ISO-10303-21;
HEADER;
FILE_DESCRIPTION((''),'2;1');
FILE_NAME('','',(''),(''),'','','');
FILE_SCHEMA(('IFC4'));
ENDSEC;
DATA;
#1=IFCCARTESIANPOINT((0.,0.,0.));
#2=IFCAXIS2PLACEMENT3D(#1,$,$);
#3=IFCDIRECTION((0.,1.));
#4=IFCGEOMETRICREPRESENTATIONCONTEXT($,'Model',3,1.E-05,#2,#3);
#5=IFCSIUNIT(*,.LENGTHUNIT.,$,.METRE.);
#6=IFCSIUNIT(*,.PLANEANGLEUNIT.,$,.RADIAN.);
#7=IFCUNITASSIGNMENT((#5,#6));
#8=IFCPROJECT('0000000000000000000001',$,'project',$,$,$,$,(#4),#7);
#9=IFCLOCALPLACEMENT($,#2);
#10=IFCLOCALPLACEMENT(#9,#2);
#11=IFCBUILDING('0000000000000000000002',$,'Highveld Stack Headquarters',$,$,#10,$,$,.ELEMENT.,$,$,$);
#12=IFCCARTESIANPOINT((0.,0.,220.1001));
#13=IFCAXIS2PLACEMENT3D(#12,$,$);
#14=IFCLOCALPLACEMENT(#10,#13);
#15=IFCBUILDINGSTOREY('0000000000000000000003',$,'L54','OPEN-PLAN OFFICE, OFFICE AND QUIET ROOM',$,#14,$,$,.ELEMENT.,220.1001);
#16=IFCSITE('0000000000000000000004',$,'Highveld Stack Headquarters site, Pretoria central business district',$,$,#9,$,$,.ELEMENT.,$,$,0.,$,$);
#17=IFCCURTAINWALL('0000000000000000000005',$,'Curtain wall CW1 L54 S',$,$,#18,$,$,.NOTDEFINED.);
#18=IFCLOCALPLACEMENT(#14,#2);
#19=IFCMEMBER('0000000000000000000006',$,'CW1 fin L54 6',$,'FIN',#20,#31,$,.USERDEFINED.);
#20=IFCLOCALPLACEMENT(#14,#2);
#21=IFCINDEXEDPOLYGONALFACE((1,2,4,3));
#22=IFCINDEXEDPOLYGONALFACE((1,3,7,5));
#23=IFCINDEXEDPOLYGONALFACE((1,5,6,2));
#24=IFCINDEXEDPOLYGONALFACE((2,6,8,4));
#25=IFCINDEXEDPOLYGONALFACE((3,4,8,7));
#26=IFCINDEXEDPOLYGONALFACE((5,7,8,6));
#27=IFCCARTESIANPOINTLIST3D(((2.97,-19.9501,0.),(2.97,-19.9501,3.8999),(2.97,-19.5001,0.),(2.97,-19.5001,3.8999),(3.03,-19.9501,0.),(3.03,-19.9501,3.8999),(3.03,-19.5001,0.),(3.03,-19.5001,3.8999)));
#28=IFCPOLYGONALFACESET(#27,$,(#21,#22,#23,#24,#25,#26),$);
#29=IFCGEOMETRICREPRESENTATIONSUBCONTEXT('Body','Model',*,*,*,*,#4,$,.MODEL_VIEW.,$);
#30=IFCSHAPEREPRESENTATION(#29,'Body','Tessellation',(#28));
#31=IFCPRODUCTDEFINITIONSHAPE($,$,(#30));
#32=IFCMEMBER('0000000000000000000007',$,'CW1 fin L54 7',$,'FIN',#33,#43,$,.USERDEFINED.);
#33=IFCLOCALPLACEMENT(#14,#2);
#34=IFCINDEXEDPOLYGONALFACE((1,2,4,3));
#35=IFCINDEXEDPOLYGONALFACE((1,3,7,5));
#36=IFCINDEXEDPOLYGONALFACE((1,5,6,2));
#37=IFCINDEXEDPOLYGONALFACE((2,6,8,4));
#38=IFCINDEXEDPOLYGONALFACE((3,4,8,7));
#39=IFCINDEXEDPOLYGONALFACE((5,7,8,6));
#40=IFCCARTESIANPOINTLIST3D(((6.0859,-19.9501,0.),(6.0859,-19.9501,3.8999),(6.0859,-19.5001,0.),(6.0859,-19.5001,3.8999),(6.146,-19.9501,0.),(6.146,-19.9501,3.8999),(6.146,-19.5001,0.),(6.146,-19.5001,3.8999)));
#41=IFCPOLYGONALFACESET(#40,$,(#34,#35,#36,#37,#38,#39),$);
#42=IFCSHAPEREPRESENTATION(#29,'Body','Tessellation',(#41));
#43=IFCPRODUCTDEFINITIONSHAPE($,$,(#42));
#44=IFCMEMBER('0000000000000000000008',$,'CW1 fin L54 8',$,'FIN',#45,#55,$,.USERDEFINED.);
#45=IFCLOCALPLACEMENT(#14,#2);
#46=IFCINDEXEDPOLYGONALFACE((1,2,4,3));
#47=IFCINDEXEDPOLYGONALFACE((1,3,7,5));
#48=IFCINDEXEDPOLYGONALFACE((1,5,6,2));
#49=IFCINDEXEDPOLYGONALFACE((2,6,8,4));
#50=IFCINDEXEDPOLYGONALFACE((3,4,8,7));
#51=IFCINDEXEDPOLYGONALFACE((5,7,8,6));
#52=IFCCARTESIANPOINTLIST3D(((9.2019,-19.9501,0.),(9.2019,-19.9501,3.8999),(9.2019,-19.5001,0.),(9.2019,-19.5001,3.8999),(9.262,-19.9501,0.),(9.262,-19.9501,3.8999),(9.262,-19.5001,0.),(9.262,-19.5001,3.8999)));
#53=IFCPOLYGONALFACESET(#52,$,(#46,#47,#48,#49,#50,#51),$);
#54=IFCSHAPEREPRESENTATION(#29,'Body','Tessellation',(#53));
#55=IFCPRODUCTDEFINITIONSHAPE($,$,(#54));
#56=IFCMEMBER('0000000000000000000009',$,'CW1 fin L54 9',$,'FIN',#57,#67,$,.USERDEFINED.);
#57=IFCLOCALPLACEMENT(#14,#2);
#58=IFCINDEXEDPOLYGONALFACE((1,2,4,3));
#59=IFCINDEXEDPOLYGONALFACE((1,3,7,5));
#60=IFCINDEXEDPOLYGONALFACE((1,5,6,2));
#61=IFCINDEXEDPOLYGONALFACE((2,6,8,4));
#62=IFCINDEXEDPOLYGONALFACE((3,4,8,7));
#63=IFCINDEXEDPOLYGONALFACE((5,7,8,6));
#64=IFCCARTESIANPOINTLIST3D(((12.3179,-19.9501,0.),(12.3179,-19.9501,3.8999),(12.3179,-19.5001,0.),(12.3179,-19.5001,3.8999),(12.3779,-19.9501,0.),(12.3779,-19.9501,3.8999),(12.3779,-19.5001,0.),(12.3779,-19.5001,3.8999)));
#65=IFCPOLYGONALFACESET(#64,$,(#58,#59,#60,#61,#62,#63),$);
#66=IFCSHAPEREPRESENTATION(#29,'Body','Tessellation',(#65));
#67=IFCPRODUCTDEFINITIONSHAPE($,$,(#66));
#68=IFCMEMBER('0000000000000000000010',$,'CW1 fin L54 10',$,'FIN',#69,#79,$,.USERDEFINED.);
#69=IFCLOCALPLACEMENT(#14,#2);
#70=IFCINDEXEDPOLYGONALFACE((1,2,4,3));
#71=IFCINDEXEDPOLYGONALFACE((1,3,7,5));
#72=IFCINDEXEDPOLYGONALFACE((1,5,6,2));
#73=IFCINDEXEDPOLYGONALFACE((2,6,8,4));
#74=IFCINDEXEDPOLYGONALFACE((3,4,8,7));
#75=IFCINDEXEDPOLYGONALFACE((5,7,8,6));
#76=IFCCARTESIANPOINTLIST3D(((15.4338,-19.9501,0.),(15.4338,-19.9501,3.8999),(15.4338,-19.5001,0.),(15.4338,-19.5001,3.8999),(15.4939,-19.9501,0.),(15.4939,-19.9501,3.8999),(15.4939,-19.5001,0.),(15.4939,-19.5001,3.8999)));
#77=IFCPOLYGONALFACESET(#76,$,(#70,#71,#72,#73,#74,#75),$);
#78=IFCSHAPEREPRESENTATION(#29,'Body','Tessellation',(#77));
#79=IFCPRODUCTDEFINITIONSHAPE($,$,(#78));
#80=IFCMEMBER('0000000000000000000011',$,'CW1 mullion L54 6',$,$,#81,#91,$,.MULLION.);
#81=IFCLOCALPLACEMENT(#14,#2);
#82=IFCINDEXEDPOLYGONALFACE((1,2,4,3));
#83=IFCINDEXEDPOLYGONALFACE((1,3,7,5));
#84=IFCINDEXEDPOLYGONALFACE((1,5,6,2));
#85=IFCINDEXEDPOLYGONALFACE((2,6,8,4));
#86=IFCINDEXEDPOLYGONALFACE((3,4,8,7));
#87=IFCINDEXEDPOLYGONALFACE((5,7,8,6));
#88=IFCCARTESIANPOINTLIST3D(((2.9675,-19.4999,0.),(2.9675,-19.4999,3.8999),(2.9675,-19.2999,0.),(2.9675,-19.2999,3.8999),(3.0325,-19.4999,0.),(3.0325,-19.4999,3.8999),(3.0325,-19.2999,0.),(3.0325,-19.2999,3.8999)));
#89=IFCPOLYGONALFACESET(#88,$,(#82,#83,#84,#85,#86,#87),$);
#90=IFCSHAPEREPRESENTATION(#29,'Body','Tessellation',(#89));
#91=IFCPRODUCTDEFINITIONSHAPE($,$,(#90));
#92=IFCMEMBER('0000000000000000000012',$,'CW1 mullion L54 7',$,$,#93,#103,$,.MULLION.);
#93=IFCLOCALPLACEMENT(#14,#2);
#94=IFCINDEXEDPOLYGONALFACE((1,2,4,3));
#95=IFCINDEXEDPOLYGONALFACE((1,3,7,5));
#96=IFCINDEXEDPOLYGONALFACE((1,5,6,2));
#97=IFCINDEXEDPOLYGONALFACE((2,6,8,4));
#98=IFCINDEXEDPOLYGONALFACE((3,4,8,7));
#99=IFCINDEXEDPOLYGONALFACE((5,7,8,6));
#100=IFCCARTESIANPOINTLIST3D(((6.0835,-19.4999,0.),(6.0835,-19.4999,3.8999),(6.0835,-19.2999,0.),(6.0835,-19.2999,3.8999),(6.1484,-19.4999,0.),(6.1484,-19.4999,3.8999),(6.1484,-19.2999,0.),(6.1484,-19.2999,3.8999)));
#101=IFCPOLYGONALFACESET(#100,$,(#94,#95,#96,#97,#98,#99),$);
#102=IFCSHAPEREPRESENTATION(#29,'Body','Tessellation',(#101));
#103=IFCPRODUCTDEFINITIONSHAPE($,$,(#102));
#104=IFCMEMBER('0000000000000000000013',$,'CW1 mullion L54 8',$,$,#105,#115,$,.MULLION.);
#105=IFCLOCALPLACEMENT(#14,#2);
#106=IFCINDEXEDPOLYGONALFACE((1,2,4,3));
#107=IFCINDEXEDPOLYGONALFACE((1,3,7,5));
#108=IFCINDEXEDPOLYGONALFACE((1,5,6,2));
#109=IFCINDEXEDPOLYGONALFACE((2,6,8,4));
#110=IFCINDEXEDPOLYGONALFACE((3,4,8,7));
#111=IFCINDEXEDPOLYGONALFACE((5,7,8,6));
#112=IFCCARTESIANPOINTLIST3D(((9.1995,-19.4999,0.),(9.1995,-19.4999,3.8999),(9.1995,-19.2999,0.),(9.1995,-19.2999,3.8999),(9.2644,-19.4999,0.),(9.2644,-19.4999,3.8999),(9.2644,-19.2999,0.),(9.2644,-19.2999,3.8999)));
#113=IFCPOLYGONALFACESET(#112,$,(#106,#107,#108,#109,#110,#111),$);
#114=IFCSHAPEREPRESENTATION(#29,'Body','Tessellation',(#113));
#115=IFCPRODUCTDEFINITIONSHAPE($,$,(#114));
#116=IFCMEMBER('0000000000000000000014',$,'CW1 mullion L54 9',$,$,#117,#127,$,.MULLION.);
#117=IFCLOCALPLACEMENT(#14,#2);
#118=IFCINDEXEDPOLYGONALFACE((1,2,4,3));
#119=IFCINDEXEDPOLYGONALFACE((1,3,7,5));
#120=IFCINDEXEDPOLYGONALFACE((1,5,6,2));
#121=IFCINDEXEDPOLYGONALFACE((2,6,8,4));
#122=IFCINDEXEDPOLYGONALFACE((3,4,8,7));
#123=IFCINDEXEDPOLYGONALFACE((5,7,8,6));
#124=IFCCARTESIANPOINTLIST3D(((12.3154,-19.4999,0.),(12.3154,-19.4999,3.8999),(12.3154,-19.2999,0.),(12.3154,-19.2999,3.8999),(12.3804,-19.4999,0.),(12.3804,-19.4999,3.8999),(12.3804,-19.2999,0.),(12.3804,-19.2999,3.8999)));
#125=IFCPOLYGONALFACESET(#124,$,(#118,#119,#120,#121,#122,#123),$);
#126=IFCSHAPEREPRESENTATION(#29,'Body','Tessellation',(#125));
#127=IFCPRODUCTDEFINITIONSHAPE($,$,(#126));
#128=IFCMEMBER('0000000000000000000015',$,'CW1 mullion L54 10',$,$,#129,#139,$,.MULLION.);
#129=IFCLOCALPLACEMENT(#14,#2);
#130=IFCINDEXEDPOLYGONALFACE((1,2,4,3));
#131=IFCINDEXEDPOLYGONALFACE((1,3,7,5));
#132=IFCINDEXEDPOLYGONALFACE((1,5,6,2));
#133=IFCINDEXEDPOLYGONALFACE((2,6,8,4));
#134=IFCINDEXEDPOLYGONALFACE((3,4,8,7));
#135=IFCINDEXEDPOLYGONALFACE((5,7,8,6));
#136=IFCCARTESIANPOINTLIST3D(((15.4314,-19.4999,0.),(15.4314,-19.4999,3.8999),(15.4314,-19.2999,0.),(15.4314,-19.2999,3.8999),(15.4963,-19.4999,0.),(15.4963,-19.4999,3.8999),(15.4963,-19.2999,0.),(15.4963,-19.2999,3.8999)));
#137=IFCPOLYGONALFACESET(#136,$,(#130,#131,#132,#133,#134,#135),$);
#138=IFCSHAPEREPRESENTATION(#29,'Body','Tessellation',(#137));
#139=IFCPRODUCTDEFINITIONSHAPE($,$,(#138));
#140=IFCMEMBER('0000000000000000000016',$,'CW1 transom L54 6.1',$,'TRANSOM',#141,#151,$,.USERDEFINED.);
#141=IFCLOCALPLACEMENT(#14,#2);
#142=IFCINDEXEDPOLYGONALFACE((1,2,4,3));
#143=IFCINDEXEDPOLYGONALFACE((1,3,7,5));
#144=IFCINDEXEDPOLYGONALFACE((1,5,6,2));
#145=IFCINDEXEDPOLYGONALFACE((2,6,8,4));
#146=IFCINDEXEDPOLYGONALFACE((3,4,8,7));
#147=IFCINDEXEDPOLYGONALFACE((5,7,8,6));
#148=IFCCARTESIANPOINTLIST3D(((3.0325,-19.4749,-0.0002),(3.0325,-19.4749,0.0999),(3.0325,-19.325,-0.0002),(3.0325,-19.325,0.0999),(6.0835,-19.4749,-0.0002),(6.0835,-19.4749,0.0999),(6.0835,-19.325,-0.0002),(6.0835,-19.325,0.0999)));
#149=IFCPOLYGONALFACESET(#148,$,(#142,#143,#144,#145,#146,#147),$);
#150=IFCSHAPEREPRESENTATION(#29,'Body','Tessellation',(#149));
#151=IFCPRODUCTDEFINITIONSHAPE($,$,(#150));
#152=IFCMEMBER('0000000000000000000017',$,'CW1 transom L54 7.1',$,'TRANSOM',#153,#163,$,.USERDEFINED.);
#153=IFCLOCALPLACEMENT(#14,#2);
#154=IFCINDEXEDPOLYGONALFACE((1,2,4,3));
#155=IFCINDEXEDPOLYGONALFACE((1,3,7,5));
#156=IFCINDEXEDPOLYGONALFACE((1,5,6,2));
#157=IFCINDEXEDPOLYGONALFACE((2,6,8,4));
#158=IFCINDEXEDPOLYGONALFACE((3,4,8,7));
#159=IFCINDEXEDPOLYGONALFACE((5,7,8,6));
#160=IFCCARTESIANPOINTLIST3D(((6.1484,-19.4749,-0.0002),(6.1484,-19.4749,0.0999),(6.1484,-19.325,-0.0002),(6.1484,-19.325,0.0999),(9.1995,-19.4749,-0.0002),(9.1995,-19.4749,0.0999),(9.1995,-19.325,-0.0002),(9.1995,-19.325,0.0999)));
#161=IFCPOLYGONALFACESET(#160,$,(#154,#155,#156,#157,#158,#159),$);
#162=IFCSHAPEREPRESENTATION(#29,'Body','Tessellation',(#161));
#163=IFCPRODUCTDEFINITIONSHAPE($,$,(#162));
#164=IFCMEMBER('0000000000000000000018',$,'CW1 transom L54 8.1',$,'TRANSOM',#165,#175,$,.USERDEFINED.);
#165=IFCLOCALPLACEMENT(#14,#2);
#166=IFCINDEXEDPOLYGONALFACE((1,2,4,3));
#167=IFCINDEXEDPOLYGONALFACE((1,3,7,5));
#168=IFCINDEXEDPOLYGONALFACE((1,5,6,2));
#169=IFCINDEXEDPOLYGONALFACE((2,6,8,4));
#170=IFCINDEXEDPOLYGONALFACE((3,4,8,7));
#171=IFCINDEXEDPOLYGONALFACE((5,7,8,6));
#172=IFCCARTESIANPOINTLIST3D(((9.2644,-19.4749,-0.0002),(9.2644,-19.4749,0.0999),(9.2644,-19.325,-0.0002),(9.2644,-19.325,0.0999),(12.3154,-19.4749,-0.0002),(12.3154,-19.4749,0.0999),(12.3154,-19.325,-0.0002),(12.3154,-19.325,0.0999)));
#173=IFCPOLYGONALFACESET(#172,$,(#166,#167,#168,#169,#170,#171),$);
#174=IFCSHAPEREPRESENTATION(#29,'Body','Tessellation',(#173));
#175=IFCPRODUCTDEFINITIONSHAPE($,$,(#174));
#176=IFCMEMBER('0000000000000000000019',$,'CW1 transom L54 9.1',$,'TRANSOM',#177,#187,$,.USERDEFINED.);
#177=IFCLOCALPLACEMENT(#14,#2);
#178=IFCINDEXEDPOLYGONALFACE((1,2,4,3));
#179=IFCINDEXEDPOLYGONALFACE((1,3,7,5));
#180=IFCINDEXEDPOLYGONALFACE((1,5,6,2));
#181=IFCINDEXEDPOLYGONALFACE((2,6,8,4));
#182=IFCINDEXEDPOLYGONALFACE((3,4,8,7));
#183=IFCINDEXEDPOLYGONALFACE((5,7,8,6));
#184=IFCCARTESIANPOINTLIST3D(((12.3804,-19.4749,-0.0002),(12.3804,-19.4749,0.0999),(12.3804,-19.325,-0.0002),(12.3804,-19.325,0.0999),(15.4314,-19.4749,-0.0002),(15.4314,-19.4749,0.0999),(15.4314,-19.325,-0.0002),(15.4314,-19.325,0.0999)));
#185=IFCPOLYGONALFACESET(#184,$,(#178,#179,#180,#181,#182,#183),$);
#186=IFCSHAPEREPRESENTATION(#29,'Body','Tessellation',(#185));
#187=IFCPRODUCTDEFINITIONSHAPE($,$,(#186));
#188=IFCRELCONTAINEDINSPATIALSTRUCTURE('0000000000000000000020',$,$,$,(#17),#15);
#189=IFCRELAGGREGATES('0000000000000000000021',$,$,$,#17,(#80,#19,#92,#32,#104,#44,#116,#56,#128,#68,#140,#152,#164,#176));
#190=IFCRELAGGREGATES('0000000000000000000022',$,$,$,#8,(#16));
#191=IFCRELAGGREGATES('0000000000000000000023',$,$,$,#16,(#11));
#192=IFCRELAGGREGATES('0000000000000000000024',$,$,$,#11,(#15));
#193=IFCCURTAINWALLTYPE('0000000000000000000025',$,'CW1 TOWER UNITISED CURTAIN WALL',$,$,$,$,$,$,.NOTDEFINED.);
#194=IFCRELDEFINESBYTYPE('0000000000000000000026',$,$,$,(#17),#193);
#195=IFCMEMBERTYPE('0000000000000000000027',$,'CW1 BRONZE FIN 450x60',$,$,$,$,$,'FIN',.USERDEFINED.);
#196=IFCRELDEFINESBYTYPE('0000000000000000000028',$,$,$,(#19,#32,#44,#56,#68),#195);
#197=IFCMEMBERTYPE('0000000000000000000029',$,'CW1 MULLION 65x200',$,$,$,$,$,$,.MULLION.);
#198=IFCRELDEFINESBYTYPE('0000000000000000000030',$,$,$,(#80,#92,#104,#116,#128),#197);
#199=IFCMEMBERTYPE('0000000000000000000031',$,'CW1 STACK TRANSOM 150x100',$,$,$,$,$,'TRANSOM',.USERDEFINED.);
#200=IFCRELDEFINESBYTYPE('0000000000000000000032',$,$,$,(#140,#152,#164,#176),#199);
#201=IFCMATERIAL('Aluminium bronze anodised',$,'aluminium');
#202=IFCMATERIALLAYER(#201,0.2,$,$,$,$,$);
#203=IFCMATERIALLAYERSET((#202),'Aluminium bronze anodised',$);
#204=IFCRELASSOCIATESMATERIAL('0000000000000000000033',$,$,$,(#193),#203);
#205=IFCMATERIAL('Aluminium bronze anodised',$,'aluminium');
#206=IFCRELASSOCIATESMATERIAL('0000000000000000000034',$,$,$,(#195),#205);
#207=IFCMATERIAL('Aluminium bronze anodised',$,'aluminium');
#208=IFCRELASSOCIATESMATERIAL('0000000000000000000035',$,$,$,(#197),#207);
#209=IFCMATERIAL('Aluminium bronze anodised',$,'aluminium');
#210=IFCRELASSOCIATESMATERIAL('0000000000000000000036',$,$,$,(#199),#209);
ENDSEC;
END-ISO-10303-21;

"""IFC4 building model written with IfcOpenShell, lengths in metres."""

from ifc_helpers import new_model, si_unit, direction, frame, origin, origin_2d, place, context, subcontext, project, spatial, rectangle, extrude, material, layer, layer_set, material_profile, profile_set, type_object, element, aggregate, save


model = new_model("IFC4")

# Units and contexts
model_context = context("Model", 3, precision=1e-05, world=origin(), true_north=direction((0.0, 1.0)))
body_context = subcontext(model_context, "Body", "Model", "MODEL_VIEW")
ifc_project = project(units=[si_unit("LENGTHUNIT", "METRE"), si_unit("PLANEANGLEUNIT", "RADIAN")], contexts=[model_context])

# Site, building, storey
site_placement = place(None, origin())
site = spatial("IfcSite", under=ifc_project, at=site_placement, Name="Highveld Stack Headquarters site, Pretoria central business district", CompositionType="ELEMENT", RefElevation=0.0)
building_placement = place(site_placement, origin())
building = spatial("IfcBuilding", under=site, at=building_placement, Name="Highveld Stack Headquarters", CompositionType="ELEMENT")
storey_placement = place(building_placement, frame((0.0, 0.0, 220.1001)))
storey = spatial("IfcBuildingStorey", under=building, at=storey_placement, Name="L54", Description="OPEN-PLAN OFFICE, OFFICE AND QUIET ROOM", CompositionType="ELEMENT", Elevation=220.1001)

# Curtain wall, members
ifc_material_1 = material(Name="Aluminium bronze anodised", Category="aluminium")
ifc_layer_1 = layer(ifc_material_1, 0.2)
ifc_layer_set_1 = layer_set([ifc_layer_1], Name="Aluminium bronze anodised")
curtain_wall_type = type_object("IfcCurtainWallType", Name="CW1 TOWER UNITISED CURTAIN WALL", PredefinedType="NOTDEFINED", material=ifc_layer_set_1)
curtain_wall_placement = place(storey_placement, origin())
curtain_wall = element("IfcCurtainWall", 1, at=curtain_wall_placement, inside=storey, type_object=curtain_wall_type, Name="Curtain wall CW1 L54 S", PredefinedType="NOTDEFINED")
ifc_material_2 = material(Name="Aluminium bronze anodised", Category="aluminium")
ifc_material_profile_1 = material_profile(ifc_material_2, rectangle(XDim=0.45, YDim=0.0601, at=origin_2d()), Name="FIN 450x60")
ifc_profile_set_1 = profile_set([ifc_material_profile_1], Name="Aluminium bronze anodised")
member_type_1 = type_object("IfcMemberType", Name="CW1 BRONZE FIN 450x60", ElementType="FIN", PredefinedType="USERDEFINED", material=ifc_profile_set_1)
member_1_placement = place(storey_placement, frame((3.0, -19.7251, 0.0), z_axis=(0.0, 0.0, 1.0), x_axis=(0.0, 1.0, 0.0)))
member_1 = element("IfcMember", 2, at=member_1_placement, type_object=member_type_1, Name="CW1 fin L54 6", ObjectType="FIN", PredefinedType="USERDEFINED", context=body_context, shape_type="SweptSolid", body=[
    extrude(rectangle(XDim=0.45, YDim=0.0601, at=origin_2d()), origin(), (0.0, 0.0, 1.0), 3.8999),
])
member_2_placement = place(storey_placement, frame((6.116, -19.7251, 0.0), z_axis=(0.0, 0.0, 1.0), x_axis=(0.0, 1.0, 0.0)))
member_2 = element("IfcMember", 3, at=member_2_placement, type_object=member_type_1, Name="CW1 fin L54 7", ObjectType="FIN", PredefinedType="USERDEFINED", context=body_context, shape_type="SweptSolid", body=[
    extrude(rectangle(XDim=0.45, YDim=0.0601, at=origin_2d()), origin(), (0.0, 0.0, 1.0), 3.8999),
])
member_3_placement = place(storey_placement, frame((9.2319, -19.7251, 0.0), z_axis=(0.0, 0.0, 1.0), x_axis=(0.0, 1.0, 0.0)))
member_3 = element("IfcMember", 4, at=member_3_placement, type_object=member_type_1, Name="CW1 fin L54 8", ObjectType="FIN", PredefinedType="USERDEFINED", context=body_context, shape_type="SweptSolid", body=[
    extrude(rectangle(XDim=0.45, YDim=0.0601, at=origin_2d()), origin(), (0.0, 0.0, 1.0), 3.8999),
])
member_4_placement = place(storey_placement, frame((12.3479, -19.7251, 0.0), z_axis=(0.0, 0.0, 1.0), x_axis=(0.0, 1.0, 0.0)))
member_4 = element("IfcMember", 5, at=member_4_placement, type_object=member_type_1, Name="CW1 fin L54 9", ObjectType="FIN", PredefinedType="USERDEFINED", context=body_context, shape_type="SweptSolid", body=[
    extrude(rectangle(XDim=0.45, YDim=0.0601, at=origin_2d()), origin(), (0.0, 0.0, 1.0), 3.8999),
])
member_5_placement = place(storey_placement, frame((15.4639, -19.7251, 0.0), z_axis=(0.0, 0.0, 1.0), x_axis=(0.0, 1.0, 0.0)))
member_5 = element("IfcMember", 6, at=member_5_placement, type_object=member_type_1, Name="CW1 fin L54 10", ObjectType="FIN", PredefinedType="USERDEFINED", context=body_context, shape_type="SweptSolid", body=[
    extrude(rectangle(XDim=0.45, YDim=0.0601, at=origin_2d()), origin(), (0.0, 0.0, 1.0), 3.8999),
])
ifc_material_3 = material(Name="Aluminium bronze anodised", Category="aluminium")
ifc_material_profile_2 = material_profile(ifc_material_3, rectangle(XDim=0.2, YDim=0.0649, at=origin_2d()), Name="CW1 MULLION 65x200")
ifc_profile_set_2 = profile_set([ifc_material_profile_2], Name="Aluminium bronze anodised")
member_type_2 = type_object("IfcMemberType", Name="CW1 MULLION 65x200", PredefinedType="MULLION", material=ifc_profile_set_2)
member_6_placement = place(storey_placement, frame((3.0, -19.3999, 0.0), z_axis=(0.0, 0.0, 1.0), x_axis=(0.0, 1.0, 0.0)))
member_6 = element("IfcMember", 7, at=member_6_placement, type_object=member_type_2, Name="CW1 mullion L54 6", PredefinedType="MULLION", context=body_context, shape_type="SweptSolid", body=[
    extrude(rectangle(XDim=0.2, YDim=0.0649, at=origin_2d()), origin(), (0.0, 0.0, 1.0), 3.8999),
])
member_7_placement = place(storey_placement, frame((6.116, -19.3999, 0.0), z_axis=(0.0, 0.0, 1.0), x_axis=(0.0, 1.0, 0.0)))
member_7 = element("IfcMember", 8, at=member_7_placement, type_object=member_type_2, Name="CW1 mullion L54 7", PredefinedType="MULLION", context=body_context, shape_type="SweptSolid", body=[
    extrude(rectangle(XDim=0.2, YDim=0.0649, at=origin_2d()), origin(), (0.0, 0.0, 1.0), 3.8999),
])
member_8_placement = place(storey_placement, frame((9.2319, -19.3999, 0.0), z_axis=(0.0, 0.0, 1.0), x_axis=(0.0, 1.0, 0.0)))
member_8 = element("IfcMember", 9, at=member_8_placement, type_object=member_type_2, Name="CW1 mullion L54 8", PredefinedType="MULLION", context=body_context, shape_type="SweptSolid", body=[
    extrude(rectangle(XDim=0.2, YDim=0.0649, at=origin_2d()), origin(), (0.0, 0.0, 1.0), 3.8999),
])
member_9_placement = place(storey_placement, frame((12.3479, -19.3999, 0.0), z_axis=(0.0, 0.0, 1.0), x_axis=(0.0, 1.0, 0.0)))
member_9 = element("IfcMember", 10, at=member_9_placement, type_object=member_type_2, Name="CW1 mullion L54 9", PredefinedType="MULLION", context=body_context, shape_type="SweptSolid", body=[
    extrude(rectangle(XDim=0.2, YDim=0.0649, at=origin_2d()), origin(), (0.0, 0.0, 1.0), 3.8999),
])
member_10_placement = place(storey_placement, frame((15.4639, -19.3999, 0.0), z_axis=(0.0, 0.0, 1.0), x_axis=(0.0, 1.0, 0.0)))
member_10 = element("IfcMember", 11, at=member_10_placement, type_object=member_type_2, Name="CW1 mullion L54 10", PredefinedType="MULLION", context=body_context, shape_type="SweptSolid", body=[
    extrude(rectangle(XDim=0.2, YDim=0.0649, at=origin_2d()), origin(), (0.0, 0.0, 1.0), 3.8999),
])
ifc_material_4 = material(Name="Aluminium bronze anodised", Category="aluminium")
ifc_material_profile_3 = material_profile(ifc_material_4, rectangle(XDim=0.1499, YDim=0.1001, at=origin_2d()), Name="CW1 TRANSOM 150x100")
ifc_profile_set_3 = profile_set([ifc_material_profile_3], Name="Aluminium bronze anodised")
member_type_3 = type_object("IfcMemberType", Name="CW1 STACK TRANSOM 150x100", ElementType="TRANSOM", PredefinedType="USERDEFINED", material=ifc_profile_set_3)
member_11_placement = place(storey_placement, frame((3.0325, -19.3999, 0.0498), z_axis=(1.0, 0.0, 0.0), x_axis=(0.0, 1.0, 0.0)))
member_11 = element("IfcMember", 12, at=member_11_placement, type_object=member_type_3, Name="CW1 transom L54 6.1", ObjectType="TRANSOM", PredefinedType="USERDEFINED", context=body_context, shape_type="SweptSolid", body=[
    extrude(rectangle(XDim=0.1499, YDim=0.1001, at=origin_2d()), origin(), (0.0, 0.0, 1.0), 3.051),
])
member_12_placement = place(storey_placement, frame((6.1484, -19.3999, 0.0498), z_axis=(1.0, 0.0, 0.0), x_axis=(0.0, 1.0, 0.0)))
member_12 = element("IfcMember", 13, at=member_12_placement, type_object=member_type_3, Name="CW1 transom L54 7.1", ObjectType="TRANSOM", PredefinedType="USERDEFINED", context=body_context, shape_type="SweptSolid", body=[
    extrude(rectangle(XDim=0.1499, YDim=0.1001, at=origin_2d()), origin(), (0.0, 0.0, 1.0), 3.051),
])
member_13_placement = place(storey_placement, frame((9.2644, -19.3999, 0.0498), z_axis=(1.0, 0.0, 0.0), x_axis=(0.0, 1.0, 0.0)))
member_13 = element("IfcMember", 14, at=member_13_placement, type_object=member_type_3, Name="CW1 transom L54 8.1", ObjectType="TRANSOM", PredefinedType="USERDEFINED", context=body_context, shape_type="SweptSolid", body=[
    extrude(rectangle(XDim=0.1499, YDim=0.1001, at=origin_2d()), origin(), (0.0, 0.0, 1.0), 3.051),
])
member_14_placement = place(storey_placement, frame((12.3804, -19.3999, 0.0498), z_axis=(1.0, 0.0, 0.0), x_axis=(0.0, 1.0, 0.0)))
member_14 = element("IfcMember", 15, at=member_14_placement, type_object=member_type_3, Name="CW1 transom L54 9.1", ObjectType="TRANSOM", PredefinedType="USERDEFINED", context=body_context, shape_type="SweptSolid", body=[
    extrude(rectangle(XDim=0.1499, YDim=0.1001, at=origin_2d()), origin(), (0.0, 0.0, 1.0), 3.051),
])
aggregate(curtain_wall, [member_6, member_1, member_7, member_2, member_8, member_3, member_9, member_4, member_10, member_5, member_11, member_12, member_13, member_14])

save(model, "model.ifc")
